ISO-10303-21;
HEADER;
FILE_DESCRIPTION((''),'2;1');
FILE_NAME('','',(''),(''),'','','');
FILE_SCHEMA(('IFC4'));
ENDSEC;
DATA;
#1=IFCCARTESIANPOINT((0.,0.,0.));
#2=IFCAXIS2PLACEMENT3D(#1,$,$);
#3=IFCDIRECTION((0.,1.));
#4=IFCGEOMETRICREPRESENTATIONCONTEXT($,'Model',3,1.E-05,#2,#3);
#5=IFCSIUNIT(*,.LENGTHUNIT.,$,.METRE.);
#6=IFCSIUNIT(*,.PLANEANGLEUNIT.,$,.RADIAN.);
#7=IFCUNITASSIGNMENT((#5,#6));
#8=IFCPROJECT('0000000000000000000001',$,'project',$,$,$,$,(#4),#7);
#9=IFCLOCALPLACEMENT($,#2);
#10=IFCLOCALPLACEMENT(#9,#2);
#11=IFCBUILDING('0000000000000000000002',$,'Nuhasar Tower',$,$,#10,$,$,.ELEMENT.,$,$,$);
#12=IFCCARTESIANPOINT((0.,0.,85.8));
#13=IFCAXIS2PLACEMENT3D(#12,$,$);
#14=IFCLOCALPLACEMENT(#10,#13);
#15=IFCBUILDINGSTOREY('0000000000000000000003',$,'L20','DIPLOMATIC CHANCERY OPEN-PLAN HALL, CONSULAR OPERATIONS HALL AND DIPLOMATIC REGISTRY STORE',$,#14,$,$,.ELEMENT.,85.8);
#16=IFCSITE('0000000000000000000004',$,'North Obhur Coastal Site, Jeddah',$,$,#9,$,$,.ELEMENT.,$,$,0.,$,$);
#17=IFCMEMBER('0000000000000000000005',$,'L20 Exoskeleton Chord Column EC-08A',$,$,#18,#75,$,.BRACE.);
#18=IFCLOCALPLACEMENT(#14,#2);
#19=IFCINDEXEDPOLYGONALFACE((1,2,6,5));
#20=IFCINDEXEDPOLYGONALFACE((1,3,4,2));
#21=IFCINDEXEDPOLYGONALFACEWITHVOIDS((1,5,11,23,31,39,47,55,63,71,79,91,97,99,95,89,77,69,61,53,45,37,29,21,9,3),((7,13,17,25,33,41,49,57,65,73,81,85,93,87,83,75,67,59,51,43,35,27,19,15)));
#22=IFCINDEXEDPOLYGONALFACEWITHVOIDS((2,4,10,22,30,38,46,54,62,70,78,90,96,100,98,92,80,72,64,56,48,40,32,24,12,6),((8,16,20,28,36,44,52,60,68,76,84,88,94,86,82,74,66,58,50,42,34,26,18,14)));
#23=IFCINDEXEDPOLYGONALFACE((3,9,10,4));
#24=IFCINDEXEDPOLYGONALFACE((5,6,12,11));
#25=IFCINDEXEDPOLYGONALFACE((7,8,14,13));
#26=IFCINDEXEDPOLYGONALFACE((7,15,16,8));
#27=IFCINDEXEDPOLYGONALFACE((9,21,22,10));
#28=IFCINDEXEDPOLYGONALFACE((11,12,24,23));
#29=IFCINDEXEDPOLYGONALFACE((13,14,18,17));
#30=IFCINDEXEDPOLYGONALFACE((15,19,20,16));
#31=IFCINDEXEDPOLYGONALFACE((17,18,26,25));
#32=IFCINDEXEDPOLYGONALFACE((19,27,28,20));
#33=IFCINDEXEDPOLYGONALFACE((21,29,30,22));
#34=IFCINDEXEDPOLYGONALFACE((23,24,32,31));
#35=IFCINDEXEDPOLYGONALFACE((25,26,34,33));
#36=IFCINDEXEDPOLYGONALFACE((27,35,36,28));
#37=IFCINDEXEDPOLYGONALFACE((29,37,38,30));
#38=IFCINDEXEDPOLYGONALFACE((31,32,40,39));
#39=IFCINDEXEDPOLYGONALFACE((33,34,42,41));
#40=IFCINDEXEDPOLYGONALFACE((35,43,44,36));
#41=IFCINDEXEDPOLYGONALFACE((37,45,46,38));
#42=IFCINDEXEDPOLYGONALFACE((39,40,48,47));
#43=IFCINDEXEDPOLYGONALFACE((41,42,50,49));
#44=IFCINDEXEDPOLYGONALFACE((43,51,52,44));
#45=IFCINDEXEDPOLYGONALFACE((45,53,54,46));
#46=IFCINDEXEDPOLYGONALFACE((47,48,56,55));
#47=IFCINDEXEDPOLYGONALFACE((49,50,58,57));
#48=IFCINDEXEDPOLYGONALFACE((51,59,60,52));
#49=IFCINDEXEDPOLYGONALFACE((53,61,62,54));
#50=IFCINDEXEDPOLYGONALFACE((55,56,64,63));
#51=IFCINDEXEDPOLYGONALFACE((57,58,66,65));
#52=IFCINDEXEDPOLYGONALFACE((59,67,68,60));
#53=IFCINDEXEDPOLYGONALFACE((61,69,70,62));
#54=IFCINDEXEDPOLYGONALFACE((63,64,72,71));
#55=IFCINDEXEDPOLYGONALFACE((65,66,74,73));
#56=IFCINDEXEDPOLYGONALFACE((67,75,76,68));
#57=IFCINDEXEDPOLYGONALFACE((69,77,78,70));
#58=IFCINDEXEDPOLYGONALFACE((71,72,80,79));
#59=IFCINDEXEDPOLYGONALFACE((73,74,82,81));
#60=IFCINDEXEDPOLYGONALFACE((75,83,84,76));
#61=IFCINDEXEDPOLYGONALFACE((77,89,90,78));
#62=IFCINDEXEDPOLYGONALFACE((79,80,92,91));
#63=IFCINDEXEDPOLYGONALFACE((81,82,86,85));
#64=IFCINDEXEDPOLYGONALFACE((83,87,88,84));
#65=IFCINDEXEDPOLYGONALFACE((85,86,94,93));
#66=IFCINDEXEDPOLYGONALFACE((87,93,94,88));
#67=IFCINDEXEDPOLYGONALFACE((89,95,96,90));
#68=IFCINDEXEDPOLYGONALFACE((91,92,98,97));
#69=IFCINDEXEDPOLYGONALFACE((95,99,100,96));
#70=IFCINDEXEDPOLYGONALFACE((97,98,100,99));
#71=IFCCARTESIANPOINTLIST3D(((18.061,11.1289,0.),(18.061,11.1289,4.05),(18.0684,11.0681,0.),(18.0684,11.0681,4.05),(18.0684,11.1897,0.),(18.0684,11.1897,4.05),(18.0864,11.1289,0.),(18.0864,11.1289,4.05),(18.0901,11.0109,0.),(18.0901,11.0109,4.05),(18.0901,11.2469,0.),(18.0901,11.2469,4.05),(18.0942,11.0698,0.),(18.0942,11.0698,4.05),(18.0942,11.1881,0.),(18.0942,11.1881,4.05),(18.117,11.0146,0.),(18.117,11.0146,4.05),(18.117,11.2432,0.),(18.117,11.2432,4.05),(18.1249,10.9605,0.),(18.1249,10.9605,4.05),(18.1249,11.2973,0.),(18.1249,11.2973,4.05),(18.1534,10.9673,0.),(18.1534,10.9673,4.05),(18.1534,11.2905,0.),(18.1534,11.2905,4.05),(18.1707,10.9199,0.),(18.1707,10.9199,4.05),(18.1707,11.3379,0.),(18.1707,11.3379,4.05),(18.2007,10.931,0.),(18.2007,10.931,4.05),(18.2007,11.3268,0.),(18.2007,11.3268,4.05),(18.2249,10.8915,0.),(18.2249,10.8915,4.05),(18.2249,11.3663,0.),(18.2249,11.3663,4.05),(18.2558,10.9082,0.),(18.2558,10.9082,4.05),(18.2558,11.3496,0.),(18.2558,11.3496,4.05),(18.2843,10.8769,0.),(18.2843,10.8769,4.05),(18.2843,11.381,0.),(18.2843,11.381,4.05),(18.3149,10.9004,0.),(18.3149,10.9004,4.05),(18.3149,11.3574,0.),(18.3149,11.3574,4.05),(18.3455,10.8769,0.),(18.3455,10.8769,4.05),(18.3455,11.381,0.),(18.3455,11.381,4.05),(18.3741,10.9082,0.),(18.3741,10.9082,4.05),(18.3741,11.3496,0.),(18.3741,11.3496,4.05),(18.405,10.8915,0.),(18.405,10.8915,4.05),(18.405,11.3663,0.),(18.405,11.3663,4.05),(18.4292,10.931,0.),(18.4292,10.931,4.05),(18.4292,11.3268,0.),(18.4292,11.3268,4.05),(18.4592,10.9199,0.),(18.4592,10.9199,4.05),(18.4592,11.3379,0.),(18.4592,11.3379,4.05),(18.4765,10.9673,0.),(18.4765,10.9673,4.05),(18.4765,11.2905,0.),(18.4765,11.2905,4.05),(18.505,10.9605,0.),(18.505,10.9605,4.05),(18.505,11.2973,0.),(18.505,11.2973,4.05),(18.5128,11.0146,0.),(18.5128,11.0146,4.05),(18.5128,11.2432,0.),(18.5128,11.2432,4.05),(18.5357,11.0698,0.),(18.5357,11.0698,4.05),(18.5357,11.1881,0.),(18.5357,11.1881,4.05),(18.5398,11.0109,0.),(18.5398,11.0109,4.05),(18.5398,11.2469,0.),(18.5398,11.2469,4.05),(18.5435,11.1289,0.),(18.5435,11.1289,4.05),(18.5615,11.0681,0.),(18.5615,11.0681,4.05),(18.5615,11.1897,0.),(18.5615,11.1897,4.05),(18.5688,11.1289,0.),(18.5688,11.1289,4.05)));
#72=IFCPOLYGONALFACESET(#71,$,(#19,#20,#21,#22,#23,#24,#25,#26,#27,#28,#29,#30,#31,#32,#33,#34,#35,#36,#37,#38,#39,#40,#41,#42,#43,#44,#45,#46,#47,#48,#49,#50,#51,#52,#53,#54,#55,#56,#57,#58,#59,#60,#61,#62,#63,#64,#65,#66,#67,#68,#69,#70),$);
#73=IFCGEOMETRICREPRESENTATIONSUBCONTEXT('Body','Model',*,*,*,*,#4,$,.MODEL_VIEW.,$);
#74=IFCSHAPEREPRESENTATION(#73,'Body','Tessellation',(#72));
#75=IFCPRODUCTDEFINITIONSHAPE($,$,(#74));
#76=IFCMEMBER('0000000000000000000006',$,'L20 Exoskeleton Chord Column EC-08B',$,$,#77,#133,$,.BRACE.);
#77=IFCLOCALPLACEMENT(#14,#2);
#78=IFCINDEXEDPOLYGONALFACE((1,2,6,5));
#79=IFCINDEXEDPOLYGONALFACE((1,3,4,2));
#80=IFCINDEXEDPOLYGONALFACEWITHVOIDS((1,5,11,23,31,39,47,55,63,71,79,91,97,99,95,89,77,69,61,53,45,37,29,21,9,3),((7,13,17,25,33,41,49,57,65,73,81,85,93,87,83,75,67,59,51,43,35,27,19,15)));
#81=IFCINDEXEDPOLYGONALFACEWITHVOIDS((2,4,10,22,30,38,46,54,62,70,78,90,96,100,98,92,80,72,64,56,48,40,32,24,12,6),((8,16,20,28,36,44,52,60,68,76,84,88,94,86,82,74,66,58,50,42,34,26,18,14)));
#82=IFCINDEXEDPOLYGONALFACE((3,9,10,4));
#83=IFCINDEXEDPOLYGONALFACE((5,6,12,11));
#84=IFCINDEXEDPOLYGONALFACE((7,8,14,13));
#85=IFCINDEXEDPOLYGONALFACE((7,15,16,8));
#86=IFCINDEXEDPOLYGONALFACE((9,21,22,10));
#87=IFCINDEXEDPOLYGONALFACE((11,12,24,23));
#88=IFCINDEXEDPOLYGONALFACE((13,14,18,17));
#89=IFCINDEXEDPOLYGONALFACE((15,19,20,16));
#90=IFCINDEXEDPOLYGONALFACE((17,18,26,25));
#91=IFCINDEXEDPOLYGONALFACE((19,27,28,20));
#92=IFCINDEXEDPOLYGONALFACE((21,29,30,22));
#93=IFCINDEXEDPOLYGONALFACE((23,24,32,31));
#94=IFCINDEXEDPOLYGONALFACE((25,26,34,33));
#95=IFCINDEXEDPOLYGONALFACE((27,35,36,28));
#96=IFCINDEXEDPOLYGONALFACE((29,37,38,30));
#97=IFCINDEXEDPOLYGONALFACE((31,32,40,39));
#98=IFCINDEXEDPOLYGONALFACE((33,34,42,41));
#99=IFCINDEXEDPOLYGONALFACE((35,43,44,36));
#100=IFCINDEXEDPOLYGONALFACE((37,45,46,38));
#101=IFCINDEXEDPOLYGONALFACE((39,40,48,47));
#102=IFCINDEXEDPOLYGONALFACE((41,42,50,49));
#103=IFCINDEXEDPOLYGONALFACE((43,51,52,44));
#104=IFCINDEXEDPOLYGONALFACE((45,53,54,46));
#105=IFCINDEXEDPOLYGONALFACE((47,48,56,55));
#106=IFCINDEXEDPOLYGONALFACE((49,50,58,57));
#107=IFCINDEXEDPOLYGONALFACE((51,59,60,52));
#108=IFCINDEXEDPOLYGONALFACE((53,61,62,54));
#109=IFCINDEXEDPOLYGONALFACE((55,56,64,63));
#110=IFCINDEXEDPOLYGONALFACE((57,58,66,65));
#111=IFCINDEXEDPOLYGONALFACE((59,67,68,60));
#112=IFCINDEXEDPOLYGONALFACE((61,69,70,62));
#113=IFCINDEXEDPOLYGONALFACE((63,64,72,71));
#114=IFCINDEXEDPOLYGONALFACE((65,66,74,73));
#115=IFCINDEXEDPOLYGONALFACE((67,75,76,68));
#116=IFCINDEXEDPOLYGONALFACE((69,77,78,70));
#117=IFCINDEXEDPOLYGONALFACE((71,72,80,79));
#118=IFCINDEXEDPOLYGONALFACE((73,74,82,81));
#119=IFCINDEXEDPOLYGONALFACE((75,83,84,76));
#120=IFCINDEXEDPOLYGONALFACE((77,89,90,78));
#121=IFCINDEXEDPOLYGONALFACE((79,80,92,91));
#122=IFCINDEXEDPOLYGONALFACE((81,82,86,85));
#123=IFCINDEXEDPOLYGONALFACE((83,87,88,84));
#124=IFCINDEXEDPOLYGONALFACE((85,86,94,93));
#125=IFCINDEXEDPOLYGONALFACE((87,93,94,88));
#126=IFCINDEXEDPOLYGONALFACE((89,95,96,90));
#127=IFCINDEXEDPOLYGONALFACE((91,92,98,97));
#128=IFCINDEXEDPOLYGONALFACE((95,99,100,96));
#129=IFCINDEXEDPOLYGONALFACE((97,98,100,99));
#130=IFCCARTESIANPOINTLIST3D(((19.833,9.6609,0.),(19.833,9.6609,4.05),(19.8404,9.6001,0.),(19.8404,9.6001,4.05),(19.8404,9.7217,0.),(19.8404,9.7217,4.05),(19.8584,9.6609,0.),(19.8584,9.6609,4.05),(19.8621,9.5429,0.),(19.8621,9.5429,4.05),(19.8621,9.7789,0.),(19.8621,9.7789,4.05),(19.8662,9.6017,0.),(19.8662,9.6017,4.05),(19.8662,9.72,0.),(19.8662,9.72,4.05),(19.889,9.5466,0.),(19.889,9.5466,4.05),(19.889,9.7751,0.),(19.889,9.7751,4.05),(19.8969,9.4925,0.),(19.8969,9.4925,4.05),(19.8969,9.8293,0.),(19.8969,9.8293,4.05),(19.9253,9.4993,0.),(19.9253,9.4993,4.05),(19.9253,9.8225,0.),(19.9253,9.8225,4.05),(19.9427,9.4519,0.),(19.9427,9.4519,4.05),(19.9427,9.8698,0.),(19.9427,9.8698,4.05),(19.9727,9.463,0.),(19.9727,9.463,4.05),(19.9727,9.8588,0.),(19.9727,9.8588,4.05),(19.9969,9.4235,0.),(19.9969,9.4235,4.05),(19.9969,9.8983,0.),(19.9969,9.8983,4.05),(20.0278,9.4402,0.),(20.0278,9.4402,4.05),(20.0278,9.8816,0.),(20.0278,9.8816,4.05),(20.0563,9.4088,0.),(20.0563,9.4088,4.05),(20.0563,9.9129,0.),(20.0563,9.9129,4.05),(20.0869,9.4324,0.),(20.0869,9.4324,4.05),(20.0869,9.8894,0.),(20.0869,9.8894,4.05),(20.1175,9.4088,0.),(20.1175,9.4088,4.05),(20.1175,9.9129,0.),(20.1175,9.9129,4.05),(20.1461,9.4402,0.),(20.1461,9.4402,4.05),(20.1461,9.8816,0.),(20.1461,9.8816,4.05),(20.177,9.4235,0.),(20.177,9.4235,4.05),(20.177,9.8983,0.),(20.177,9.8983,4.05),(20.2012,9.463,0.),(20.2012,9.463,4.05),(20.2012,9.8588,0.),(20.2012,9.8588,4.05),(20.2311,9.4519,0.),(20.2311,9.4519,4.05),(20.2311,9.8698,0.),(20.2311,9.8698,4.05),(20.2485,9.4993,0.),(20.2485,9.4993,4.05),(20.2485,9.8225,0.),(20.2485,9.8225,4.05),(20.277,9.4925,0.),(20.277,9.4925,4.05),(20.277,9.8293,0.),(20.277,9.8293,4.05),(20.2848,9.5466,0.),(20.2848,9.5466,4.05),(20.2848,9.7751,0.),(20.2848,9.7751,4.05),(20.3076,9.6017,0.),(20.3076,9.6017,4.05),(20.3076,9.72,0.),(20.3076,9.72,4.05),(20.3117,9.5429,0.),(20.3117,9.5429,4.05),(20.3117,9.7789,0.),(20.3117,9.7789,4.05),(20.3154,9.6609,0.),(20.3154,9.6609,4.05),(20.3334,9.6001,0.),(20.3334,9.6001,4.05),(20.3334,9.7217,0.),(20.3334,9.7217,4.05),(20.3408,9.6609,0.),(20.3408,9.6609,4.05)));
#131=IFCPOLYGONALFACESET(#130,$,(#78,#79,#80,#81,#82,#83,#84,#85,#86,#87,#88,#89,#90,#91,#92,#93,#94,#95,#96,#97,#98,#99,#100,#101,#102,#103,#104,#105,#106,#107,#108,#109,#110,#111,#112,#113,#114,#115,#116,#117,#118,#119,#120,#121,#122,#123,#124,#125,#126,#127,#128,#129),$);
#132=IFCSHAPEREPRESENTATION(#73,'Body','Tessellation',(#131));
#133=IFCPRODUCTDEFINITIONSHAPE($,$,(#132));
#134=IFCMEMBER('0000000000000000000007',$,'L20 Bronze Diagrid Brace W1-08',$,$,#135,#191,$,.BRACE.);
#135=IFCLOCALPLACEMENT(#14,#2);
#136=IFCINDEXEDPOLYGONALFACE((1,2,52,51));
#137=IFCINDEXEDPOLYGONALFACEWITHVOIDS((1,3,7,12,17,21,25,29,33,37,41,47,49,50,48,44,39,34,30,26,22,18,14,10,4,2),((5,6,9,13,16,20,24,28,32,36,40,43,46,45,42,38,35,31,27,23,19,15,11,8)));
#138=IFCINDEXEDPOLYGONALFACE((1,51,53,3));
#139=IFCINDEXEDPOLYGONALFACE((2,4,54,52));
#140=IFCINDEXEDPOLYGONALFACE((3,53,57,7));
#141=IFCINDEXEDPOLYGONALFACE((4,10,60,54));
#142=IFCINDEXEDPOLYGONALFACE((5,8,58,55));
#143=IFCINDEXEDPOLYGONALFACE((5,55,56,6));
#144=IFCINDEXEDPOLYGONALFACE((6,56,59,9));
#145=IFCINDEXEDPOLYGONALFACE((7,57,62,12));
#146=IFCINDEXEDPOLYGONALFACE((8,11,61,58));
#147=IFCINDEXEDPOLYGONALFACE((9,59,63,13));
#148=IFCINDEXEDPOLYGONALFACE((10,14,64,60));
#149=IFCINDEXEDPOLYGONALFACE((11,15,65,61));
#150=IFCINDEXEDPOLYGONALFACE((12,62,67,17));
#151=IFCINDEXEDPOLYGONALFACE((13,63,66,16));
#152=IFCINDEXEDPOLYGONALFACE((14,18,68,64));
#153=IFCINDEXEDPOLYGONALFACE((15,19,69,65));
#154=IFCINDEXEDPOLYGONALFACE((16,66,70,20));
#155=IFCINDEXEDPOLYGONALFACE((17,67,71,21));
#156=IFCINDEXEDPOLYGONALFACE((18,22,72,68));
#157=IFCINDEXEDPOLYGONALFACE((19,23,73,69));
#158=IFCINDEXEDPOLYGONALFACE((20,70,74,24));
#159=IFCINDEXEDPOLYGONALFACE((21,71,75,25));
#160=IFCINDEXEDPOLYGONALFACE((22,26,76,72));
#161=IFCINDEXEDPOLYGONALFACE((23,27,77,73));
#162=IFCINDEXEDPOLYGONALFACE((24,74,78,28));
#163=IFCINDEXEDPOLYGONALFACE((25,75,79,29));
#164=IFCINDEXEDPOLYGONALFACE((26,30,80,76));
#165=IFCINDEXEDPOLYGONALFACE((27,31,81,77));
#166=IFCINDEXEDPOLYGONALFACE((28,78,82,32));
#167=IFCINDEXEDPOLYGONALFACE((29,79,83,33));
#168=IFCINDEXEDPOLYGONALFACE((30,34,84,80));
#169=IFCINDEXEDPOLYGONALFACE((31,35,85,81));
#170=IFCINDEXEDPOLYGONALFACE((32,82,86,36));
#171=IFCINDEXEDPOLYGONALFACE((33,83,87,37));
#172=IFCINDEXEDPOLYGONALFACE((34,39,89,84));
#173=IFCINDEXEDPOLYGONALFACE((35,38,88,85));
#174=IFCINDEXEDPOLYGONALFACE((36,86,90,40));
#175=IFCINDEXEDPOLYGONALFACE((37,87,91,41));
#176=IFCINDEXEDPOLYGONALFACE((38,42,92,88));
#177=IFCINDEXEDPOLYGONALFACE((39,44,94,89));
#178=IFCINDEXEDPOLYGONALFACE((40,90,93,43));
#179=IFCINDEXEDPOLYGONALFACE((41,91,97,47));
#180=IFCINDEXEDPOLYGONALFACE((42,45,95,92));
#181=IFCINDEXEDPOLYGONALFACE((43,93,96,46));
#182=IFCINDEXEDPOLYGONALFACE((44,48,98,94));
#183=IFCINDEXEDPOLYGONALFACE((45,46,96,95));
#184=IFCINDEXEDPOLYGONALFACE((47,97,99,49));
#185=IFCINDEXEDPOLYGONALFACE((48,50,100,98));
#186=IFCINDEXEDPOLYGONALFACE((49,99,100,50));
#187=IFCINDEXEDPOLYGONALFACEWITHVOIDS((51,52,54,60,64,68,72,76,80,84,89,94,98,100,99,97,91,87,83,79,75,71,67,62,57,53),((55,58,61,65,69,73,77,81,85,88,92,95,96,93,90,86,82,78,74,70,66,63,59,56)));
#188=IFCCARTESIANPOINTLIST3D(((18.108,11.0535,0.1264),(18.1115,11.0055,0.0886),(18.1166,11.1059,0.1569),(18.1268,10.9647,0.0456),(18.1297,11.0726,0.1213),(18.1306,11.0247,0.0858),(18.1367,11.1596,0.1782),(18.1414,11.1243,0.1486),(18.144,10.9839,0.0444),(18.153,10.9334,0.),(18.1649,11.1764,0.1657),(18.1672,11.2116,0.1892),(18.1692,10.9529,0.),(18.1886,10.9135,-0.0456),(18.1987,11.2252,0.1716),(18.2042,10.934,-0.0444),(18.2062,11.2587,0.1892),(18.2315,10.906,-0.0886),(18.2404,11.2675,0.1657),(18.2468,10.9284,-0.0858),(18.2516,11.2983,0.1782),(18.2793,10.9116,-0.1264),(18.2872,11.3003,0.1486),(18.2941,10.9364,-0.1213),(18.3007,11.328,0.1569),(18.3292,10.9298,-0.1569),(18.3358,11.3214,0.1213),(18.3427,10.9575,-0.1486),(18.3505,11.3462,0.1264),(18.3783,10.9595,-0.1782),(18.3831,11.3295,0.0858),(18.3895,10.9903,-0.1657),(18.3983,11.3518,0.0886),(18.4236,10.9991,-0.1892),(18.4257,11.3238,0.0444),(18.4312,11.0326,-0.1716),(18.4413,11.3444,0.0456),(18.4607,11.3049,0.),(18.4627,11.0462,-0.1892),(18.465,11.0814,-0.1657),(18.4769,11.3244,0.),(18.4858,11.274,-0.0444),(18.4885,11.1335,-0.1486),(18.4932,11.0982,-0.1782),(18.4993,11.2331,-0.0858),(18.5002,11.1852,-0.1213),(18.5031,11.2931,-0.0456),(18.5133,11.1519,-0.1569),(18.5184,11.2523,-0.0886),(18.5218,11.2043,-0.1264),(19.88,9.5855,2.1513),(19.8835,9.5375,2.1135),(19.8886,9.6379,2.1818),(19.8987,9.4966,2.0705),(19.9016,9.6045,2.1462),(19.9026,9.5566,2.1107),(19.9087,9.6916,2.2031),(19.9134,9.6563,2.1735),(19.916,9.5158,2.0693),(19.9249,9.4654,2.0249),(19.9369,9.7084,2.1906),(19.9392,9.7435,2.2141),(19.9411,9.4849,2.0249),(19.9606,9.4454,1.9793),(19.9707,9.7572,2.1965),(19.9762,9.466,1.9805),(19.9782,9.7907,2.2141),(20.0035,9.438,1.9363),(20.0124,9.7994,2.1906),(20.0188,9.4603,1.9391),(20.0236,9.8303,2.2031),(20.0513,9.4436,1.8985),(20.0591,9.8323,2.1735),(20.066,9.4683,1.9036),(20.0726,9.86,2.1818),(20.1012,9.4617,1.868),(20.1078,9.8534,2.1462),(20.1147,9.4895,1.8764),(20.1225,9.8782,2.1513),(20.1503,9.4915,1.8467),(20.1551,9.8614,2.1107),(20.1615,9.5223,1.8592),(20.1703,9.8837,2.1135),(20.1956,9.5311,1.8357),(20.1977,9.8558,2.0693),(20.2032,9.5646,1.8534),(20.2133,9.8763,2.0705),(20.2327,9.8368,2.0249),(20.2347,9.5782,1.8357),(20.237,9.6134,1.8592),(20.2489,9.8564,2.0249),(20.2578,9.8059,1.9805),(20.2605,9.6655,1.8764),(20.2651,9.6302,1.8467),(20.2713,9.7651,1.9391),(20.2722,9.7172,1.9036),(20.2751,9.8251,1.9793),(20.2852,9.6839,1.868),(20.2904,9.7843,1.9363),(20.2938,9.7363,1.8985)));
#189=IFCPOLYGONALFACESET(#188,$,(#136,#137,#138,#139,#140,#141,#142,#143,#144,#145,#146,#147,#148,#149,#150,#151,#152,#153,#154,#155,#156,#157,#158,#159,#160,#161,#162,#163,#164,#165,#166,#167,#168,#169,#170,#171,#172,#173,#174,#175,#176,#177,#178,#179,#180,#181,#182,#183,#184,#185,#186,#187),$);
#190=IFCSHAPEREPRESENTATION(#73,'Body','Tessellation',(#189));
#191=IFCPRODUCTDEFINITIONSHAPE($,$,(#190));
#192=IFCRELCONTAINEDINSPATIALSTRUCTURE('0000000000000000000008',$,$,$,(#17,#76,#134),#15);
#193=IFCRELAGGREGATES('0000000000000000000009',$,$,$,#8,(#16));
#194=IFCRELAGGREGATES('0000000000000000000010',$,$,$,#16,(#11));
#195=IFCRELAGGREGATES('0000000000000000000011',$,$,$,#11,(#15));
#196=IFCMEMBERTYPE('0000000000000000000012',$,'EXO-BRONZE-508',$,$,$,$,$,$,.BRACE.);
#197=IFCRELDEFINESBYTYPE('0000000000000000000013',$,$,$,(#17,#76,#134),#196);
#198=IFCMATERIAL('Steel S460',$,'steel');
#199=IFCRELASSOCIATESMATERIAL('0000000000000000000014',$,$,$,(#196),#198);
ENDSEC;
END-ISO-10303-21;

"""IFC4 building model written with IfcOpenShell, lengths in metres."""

from ifc_helpers import new_model, si_unit, direction, frame, origin, origin_2d, place, context, subcontext, project, spatial, hollow_circle, extrude, material, material_profile, profile_set, type_object, element, save


model = new_model("IFC4")

# Units and contexts
model_context = context("Model", 3, precision=1e-05, world=origin(), true_north=direction((0.0, 1.0)))
body_context = subcontext(model_context, "Body", "Model", "MODEL_VIEW")
ifc_project = project(units=[si_unit("LENGTHUNIT", "METRE"), si_unit("PLANEANGLEUNIT", "RADIAN")], contexts=[model_context])

# Site, building, storey
site_placement = place(None, origin())
site = spatial("IfcSite", under=ifc_project, at=site_placement, Name="North Obhur Coastal Site, Jeddah", CompositionType="ELEMENT", RefElevation=0.0)
building_placement = place(site_placement, origin())
building = spatial("IfcBuilding", under=site, at=building_placement, Name="Nuhasar Tower", CompositionType="ELEMENT")
storey_placement = place(building_placement, frame((0.0, 0.0, 85.8)))
storey = spatial("IfcBuildingStorey", under=building, at=storey_placement, Name="L20", Description="DIPLOMATIC CHANCERY OPEN-PLAN HALL, CONSULAR OPERATIONS HALL AND DIPLOMATIC REGISTRY STORE", CompositionType="ELEMENT", Elevation=85.8)

# Members
ifc_material_1 = material(Name="Steel S460", Category="steel")
ifc_material_profile_1 = material_profile(ifc_material_1, hollow_circle(Radius=0.2539, WallThickness=0.0254, at=origin_2d()), Name="HSS508X25.4")
ifc_profile_set_1 = profile_set([ifc_material_profile_1], Name="Steel S460")
member_type_1 = type_object("IfcMemberType", Name="EXO-BRONZE-508", PredefinedType="BRACE", material=ifc_profile_set_1)
for number, where, z_axis, x_axis, name in (
    (1, (18.3149, 11.1289, 0.0), (0.0, 0.0, 1.0), (1.0, 0.0, 0.0), "L20 Exoskeleton Chord Column EC-08A"),
    (2, (20.0869, 9.6609, 0.0), (0.0, 0.0, 1.0), (1.0, 0.0, 0.0), "L20 Exoskeleton Chord Column EC-08B"),
):
    element("IfcMember", number, at=place(storey_placement, frame(where, z_axis=z_axis, x_axis=x_axis)), inside=storey, type_object=member_type_1, Name=name, PredefinedType="BRACE", context=body_context, shape_type="SweptSolid", body=[
        extrude(hollow_circle(Radius=0.2539, WallThickness=0.0254, at=origin_2d()), origin(), (0.0, 0.0, 1.0), 4.05),
    ])
member_1_placement = place(storey_placement, frame((18.3149, 11.1289, 0.0), z_axis=(0.578102, -0.478937, 0.660619), x_axis=(0.637969, 0.770062, 0.0)))
element("IfcMember", 3, at=member_1_placement, inside=storey, type_object=member_type_1, Name="L20 Bronze Diagrid Brace W1-08", PredefinedType="BRACE", context=body_context, shape_type="SweptSolid", body=[
    extrude(hollow_circle(Radius=0.2539, WallThickness=0.0254, at=origin_2d()), origin(), (0.0, 0.0, 1.0), 3.0652),
])

save(model, "model.ifc")
